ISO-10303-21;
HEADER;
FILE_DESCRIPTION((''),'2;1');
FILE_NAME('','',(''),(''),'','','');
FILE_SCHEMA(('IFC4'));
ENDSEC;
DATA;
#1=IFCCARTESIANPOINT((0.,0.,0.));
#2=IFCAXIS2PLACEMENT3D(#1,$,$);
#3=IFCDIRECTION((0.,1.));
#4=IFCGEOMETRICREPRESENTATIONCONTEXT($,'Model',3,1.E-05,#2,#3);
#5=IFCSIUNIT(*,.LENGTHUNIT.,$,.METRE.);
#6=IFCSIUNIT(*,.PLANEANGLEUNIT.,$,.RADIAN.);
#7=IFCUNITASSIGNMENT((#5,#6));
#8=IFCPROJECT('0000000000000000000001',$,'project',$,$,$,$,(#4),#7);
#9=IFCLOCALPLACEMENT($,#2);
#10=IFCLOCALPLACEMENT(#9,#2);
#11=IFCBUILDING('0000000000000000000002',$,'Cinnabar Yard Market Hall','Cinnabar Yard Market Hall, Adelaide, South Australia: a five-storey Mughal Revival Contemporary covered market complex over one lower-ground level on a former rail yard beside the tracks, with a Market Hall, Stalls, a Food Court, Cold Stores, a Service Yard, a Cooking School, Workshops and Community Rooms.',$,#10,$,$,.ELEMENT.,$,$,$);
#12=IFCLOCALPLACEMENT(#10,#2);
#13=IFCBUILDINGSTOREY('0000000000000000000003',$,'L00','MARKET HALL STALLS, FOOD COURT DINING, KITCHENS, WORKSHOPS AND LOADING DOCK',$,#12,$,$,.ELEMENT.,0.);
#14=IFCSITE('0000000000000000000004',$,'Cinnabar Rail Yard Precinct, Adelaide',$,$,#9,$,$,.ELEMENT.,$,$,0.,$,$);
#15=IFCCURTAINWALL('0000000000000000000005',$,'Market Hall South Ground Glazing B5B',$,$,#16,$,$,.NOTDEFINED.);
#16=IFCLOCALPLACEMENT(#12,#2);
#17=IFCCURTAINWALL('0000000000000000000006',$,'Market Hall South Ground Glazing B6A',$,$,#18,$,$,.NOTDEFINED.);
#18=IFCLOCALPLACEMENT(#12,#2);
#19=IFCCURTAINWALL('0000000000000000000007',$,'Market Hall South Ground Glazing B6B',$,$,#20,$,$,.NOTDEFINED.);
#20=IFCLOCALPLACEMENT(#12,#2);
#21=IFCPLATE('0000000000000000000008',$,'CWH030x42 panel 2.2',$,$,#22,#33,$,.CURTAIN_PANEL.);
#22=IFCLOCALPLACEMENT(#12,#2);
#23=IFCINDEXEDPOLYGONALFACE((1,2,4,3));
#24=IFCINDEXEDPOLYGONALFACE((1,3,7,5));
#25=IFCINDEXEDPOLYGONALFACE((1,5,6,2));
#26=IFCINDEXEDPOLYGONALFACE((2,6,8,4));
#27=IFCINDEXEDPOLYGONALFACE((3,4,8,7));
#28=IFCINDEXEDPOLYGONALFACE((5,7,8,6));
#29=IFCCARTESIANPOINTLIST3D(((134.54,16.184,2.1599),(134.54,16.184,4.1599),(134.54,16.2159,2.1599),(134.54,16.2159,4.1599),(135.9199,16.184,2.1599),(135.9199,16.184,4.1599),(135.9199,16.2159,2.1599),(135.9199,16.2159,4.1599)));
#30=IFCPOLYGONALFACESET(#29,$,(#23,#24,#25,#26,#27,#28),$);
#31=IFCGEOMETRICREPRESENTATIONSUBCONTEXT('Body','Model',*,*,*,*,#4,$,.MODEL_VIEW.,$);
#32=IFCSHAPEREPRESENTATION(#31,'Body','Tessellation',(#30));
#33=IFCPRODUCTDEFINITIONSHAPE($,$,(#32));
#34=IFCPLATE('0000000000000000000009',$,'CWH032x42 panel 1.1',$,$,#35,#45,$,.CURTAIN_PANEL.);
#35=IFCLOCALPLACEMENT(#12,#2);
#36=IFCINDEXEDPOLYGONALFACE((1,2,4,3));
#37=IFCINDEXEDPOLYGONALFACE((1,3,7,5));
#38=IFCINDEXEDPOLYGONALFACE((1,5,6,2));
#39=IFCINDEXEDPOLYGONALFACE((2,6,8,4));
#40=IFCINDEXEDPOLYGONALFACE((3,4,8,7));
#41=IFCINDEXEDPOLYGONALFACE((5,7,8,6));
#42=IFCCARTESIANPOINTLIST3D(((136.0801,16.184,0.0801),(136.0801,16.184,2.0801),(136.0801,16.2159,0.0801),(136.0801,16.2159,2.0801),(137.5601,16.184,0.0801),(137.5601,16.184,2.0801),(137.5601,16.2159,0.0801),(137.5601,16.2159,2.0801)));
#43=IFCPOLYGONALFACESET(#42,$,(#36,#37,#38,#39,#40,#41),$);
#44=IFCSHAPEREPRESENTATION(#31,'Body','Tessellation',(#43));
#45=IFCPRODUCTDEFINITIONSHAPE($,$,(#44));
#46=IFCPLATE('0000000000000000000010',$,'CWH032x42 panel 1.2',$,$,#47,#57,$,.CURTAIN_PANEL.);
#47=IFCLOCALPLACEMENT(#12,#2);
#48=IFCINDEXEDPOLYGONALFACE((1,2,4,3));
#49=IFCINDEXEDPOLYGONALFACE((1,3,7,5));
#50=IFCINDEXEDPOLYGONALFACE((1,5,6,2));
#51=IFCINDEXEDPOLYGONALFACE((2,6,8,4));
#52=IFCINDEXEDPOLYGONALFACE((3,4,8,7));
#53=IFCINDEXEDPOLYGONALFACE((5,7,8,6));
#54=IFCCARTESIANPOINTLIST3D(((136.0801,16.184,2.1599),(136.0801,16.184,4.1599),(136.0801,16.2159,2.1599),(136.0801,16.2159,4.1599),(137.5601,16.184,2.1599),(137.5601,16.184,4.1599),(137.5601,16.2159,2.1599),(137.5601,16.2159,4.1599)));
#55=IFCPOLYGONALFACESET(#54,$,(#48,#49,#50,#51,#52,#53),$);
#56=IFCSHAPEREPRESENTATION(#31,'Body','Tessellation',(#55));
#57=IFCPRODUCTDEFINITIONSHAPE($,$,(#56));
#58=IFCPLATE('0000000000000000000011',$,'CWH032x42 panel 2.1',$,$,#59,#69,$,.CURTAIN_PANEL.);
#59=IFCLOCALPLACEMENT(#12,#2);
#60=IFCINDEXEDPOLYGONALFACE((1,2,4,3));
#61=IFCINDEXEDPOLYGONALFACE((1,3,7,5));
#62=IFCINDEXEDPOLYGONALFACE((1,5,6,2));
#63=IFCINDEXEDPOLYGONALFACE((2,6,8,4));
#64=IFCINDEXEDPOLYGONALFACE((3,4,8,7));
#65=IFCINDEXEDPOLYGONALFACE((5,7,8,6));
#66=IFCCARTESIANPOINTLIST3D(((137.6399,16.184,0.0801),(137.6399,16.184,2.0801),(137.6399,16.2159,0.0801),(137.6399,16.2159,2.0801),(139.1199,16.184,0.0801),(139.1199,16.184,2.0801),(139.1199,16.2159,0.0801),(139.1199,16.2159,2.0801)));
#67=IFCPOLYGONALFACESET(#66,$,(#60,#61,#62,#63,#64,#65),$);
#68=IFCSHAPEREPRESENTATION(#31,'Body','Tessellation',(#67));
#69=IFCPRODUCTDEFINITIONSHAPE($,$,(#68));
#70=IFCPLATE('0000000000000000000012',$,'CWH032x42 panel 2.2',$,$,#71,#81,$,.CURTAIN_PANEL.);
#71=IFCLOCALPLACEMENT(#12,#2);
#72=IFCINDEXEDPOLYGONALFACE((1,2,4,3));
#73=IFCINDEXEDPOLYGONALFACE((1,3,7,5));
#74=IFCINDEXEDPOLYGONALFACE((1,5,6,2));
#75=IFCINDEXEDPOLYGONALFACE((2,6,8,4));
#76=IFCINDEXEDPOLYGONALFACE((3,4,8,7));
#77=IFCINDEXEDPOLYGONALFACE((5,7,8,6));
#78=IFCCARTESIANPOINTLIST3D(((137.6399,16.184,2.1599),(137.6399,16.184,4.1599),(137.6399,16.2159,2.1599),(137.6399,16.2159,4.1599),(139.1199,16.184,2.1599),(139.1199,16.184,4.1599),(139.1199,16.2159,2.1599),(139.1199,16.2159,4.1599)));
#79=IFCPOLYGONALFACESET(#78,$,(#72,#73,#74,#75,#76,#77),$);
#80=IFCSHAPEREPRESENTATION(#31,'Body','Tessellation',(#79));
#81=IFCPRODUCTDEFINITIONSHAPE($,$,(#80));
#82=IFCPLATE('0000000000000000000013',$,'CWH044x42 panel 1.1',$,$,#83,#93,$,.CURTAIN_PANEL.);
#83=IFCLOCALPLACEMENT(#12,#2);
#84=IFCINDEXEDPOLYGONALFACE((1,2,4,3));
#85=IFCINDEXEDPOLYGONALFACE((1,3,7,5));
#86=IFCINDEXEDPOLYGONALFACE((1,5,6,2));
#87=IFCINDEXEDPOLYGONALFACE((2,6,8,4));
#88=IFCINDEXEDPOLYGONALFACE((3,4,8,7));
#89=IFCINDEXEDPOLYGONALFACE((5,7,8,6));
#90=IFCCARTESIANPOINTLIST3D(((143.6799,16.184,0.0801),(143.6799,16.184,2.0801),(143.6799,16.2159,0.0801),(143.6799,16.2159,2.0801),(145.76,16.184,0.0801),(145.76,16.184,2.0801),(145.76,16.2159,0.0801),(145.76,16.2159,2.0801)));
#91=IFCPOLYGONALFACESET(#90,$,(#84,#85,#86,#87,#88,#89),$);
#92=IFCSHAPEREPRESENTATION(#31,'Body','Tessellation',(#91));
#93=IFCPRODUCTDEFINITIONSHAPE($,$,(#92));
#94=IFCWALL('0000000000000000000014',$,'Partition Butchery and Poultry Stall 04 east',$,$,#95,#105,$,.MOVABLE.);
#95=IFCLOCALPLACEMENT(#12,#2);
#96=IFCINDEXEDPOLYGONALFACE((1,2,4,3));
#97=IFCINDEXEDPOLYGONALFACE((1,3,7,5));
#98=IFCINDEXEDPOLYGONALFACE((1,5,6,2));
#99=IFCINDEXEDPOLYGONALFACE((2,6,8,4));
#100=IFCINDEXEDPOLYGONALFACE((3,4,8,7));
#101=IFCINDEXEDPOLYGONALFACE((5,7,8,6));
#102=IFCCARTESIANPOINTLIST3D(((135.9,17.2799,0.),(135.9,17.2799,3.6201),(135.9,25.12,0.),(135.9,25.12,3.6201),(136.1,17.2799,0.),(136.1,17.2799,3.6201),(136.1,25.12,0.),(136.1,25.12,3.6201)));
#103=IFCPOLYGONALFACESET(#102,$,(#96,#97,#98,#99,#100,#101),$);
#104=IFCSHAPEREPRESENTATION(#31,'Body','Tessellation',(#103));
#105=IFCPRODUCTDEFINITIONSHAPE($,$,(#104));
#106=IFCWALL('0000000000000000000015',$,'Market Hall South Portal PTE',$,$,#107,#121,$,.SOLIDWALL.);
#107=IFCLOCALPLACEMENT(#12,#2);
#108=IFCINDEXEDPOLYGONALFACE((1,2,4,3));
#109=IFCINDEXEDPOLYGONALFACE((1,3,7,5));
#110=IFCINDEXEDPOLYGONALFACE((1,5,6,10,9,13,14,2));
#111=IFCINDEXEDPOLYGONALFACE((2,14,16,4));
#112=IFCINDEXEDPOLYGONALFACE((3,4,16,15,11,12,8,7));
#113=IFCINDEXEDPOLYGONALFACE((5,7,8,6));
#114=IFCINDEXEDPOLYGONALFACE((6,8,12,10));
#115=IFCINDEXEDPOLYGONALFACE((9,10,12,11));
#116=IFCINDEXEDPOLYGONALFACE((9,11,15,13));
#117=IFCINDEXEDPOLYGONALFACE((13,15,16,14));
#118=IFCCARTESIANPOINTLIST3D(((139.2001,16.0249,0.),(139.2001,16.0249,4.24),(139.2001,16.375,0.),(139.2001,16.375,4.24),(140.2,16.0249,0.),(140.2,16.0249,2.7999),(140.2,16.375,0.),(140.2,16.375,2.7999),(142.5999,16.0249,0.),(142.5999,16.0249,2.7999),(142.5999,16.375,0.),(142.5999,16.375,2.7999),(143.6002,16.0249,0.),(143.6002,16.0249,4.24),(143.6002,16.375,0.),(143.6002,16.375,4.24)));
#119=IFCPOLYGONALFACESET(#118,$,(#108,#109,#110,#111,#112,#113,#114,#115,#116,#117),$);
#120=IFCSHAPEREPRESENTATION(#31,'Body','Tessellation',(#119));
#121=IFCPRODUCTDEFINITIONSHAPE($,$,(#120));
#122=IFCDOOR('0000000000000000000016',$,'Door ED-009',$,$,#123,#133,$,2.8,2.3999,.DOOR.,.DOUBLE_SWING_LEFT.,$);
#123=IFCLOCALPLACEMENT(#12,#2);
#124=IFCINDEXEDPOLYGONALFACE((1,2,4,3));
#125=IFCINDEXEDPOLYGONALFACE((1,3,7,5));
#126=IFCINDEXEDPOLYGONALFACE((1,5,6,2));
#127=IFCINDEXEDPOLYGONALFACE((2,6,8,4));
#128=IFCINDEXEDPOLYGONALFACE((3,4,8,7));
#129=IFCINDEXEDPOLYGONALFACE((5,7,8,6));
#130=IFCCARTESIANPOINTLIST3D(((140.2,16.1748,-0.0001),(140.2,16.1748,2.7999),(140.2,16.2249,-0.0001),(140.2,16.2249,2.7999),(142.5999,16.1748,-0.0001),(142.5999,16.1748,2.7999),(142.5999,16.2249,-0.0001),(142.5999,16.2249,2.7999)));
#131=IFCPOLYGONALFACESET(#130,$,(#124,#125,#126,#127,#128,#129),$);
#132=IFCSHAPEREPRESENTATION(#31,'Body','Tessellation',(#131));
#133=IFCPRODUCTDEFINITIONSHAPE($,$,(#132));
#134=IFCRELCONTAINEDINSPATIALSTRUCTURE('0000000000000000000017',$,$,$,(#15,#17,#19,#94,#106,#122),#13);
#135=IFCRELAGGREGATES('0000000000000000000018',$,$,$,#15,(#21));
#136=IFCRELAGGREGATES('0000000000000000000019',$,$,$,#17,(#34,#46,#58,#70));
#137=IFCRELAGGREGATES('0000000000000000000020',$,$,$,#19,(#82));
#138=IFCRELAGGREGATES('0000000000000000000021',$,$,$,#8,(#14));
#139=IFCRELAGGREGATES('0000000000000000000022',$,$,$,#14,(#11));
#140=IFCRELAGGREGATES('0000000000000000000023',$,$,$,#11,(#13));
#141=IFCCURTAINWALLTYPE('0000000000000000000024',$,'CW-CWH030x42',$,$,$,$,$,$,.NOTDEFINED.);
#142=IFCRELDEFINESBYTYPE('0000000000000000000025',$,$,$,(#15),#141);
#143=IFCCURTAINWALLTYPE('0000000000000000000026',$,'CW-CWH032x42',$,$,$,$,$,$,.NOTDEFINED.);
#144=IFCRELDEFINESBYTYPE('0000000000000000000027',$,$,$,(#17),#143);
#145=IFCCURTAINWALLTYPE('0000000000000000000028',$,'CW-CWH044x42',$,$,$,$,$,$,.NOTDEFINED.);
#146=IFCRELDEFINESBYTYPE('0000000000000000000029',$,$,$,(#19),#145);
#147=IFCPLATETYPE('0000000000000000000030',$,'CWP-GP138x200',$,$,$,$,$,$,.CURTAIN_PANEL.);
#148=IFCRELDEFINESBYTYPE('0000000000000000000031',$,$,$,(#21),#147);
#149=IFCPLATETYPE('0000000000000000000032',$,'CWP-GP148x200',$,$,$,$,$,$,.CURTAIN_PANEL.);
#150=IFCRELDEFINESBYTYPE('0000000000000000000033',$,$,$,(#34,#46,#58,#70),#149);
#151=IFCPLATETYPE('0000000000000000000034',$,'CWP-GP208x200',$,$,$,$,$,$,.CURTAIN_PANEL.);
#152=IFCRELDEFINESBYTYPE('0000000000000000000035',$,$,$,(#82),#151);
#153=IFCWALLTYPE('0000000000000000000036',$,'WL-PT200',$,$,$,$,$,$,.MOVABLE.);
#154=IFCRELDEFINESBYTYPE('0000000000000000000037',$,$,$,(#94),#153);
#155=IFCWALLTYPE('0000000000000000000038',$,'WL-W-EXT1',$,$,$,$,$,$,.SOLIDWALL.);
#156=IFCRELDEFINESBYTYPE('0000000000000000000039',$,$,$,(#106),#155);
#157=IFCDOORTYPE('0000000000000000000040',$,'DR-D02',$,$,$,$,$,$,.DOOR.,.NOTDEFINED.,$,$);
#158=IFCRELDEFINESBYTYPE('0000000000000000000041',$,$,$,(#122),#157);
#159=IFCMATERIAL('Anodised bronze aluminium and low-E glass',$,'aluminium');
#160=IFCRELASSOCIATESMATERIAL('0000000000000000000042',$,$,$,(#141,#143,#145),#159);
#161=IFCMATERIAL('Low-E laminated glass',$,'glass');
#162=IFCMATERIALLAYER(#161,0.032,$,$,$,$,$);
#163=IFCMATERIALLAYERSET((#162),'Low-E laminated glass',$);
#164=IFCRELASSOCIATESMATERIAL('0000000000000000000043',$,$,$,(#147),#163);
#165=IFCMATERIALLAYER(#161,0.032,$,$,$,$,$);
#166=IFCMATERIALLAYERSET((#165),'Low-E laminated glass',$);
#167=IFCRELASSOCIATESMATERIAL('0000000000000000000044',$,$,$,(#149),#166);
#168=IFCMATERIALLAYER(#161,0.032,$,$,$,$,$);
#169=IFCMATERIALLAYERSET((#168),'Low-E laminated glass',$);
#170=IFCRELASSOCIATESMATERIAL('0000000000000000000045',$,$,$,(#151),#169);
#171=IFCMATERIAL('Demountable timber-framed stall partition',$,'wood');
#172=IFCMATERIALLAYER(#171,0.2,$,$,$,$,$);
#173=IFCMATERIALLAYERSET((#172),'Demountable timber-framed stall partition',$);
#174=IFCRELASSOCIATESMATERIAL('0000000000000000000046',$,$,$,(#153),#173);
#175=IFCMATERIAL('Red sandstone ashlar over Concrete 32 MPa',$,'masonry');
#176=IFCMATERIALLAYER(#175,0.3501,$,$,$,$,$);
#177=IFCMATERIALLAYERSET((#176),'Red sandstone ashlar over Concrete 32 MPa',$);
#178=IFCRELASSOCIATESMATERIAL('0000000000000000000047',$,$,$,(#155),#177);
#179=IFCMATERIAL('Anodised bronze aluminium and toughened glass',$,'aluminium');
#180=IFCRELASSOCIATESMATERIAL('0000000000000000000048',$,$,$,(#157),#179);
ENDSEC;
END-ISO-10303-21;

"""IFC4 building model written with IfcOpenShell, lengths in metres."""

from ifc_helpers import new_model, si_unit, direction, frame, frame_2d, origin, origin_2d_with_axis, place, context, subcontext, project, spatial, rectangle, extrude, material, layer, layer_set, type_object, element, fill, aggregate, save


model = new_model("IFC4")

# Units and contexts
model_context = context("Model", 3, precision=1e-05, world=origin(), true_north=direction((0.0, 1.0)))
body_context = subcontext(model_context, "Body", "Model", "MODEL_VIEW")
ifc_project = project(units=[si_unit("LENGTHUNIT", "METRE"), si_unit("PLANEANGLEUNIT", "RADIAN")], contexts=[model_context])

# Site, building, storey
site_placement = place(None, origin())
site = spatial("IfcSite", under=ifc_project, at=site_placement, Name="Cinnabar Rail Yard Precinct, Adelaide", CompositionType="ELEMENT", RefElevation=0.0)
building_placement = place(site_placement, origin())
building = spatial("IfcBuilding", under=site, at=building_placement, Name="Cinnabar Yard Market Hall", Description="Cinnabar Yard Market Hall, Adelaide, South Australia: a five-storey Mughal Revival Contemporary covered market complex over one lower-ground level on a former rail yard beside the tracks, with a Market Hall, Stalls, a Food Court, Cold Stores, a Service Yard, a Cooking School, Workshops and Community Rooms.", CompositionType="ELEMENT")
storey_placement = place(building_placement, origin())
storey = spatial("IfcBuildingStorey", under=building, at=storey_placement, Name="L00", Description="MARKET HALL STALLS, FOOD COURT DINING, KITCHENS, WORKSHOPS AND LOADING DOCK", CompositionType="ELEMENT", Elevation=0.0)

# Curtain walls
ifc_material_1 = material(Name="Anodised bronze aluminium and low-E glass", Category="aluminium")
curtain_wall_type_1 = type_object("IfcCurtainWallType", Name="CW-CWH030x42", PredefinedType="NOTDEFINED", material=ifc_material_1)
curtain_wall_1_placement = place(storey_placement, origin())
curtain_wall_1 = element("IfcCurtainWall", 1, at=curtain_wall_1_placement, inside=storey, type_object=curtain_wall_type_1, Name="Market Hall South Ground Glazing B5B", PredefinedType="NOTDEFINED")
curtain_wall_type_2 = type_object("IfcCurtainWallType", Name="CW-CWH032x42", PredefinedType="NOTDEFINED", material=ifc_material_1)
curtain_wall_2_placement = place(storey_placement, origin())
curtain_wall_2 = element("IfcCurtainWall", 2, at=curtain_wall_2_placement, inside=storey, type_object=curtain_wall_type_2, Name="Market Hall South Ground Glazing B6A", PredefinedType="NOTDEFINED")

# Curtain wall
curtain_wall_type_3 = type_object("IfcCurtainWallType", Name="CW-CWH044x42", PredefinedType="NOTDEFINED", material=ifc_material_1)
curtain_wall_3_placement = place(storey_placement, origin())
curtain_wall_3 = element("IfcCurtainWall", 3, at=curtain_wall_3_placement, inside=storey, type_object=curtain_wall_type_3, Name="Market Hall South Ground Glazing B6B", PredefinedType="NOTDEFINED")

# Plates
ifc_material_2 = material(Name="Low-E laminated glass", Category="glass")
ifc_layer_1 = layer(ifc_material_2, 0.032)
ifc_layer_set_1 = layer_set([ifc_layer_1], Name="Low-E laminated glass")
plate_type_1 = type_object("IfcPlateType", Name="CWP-GP138x200", PredefinedType="CURTAIN_PANEL", material=ifc_layer_set_1)
plate_1_placement = place(storey_placement, frame((135.23, 16.2, 2.1599), z_axis=(0.0, 0.0, 1.0), x_axis=(1.0, 0.0, 0.0)))
plate_1 = element("IfcPlate", 4, at=plate_1_placement, type_object=plate_type_1, Name="CWH030x42 panel 2.2", PredefinedType="CURTAIN_PANEL", context=body_context, shape_type="SweptSolid", body=[
    extrude(rectangle(XDim=1.3799, YDim=0.032, at=origin_2d_with_axis()), origin(), (0.0, 0.0, 1.0), 2.0),
])
aggregate(curtain_wall_1, [plate_1])
ifc_layer_2 = layer(ifc_material_2, 0.032)
ifc_layer_set_2 = layer_set([ifc_layer_2], Name="Low-E laminated glass")
plate_type_2 = type_object("IfcPlateType", Name="CWP-GP148x200", PredefinedType="CURTAIN_PANEL", material=ifc_layer_set_2)
plate_2_placement = place(storey_placement, frame((136.8201, 16.2, 0.0801), z_axis=(0.0, 0.0, 1.0), x_axis=(1.0, 0.0, 0.0)))
plate_2 = element("IfcPlate", 5, at=plate_2_placement, type_object=plate_type_2, Name="CWH032x42 panel 1.1", PredefinedType="CURTAIN_PANEL", context=body_context, shape_type="SweptSolid", body=[
    extrude(rectangle(XDim=1.48, YDim=0.032, at=origin_2d_with_axis()), origin(), (0.0, 0.0, 1.0), 2.0),
])
plate_3_placement = place(storey_placement, frame((136.8201, 16.2, 2.1599), z_axis=(0.0, 0.0, 1.0), x_axis=(1.0, 0.0, 0.0)))
plate_3 = element("IfcPlate", 6, at=plate_3_placement, type_object=plate_type_2, Name="CWH032x42 panel 1.2", PredefinedType="CURTAIN_PANEL", context=body_context, shape_type="SweptSolid", body=[
    extrude(rectangle(XDim=1.48, YDim=0.032, at=origin_2d_with_axis()), origin(), (0.0, 0.0, 1.0), 2.0),
])
plate_4_placement = place(storey_placement, frame((138.3799, 16.2, 0.0801), z_axis=(0.0, 0.0, 1.0), x_axis=(1.0, 0.0, 0.0)))
plate_4 = element("IfcPlate", 7, at=plate_4_placement, type_object=plate_type_2, Name="CWH032x42 panel 2.1", PredefinedType="CURTAIN_PANEL", context=body_context, shape_type="SweptSolid", body=[
    extrude(rectangle(XDim=1.48, YDim=0.032, at=origin_2d_with_axis()), origin(), (0.0, 0.0, 1.0), 2.0),
])
plate_5_placement = place(storey_placement, frame((138.3799, 16.2, 2.1599), z_axis=(0.0, 0.0, 1.0), x_axis=(1.0, 0.0, 0.0)))
plate_5 = element("IfcPlate", 8, at=plate_5_placement, type_object=plate_type_2, Name="CWH032x42 panel 2.2", PredefinedType="CURTAIN_PANEL", context=body_context, shape_type="SweptSolid", body=[
    extrude(rectangle(XDim=1.48, YDim=0.032, at=origin_2d_with_axis()), origin(), (0.0, 0.0, 1.0), 2.0),
])
aggregate(curtain_wall_2, [plate_2, plate_3, plate_4, plate_5])
ifc_layer_3 = layer(ifc_material_2, 0.032)
ifc_layer_set_3 = layer_set([ifc_layer_3], Name="Low-E laminated glass")
plate_type_3 = type_object("IfcPlateType", Name="CWP-GP208x200", PredefinedType="CURTAIN_PANEL", material=ifc_layer_set_3)
plate_6_placement = place(storey_placement, frame((144.72, 16.2, 0.0801), z_axis=(0.0, 0.0, 1.0), x_axis=(1.0, 0.0, 0.0)))
plate_6 = element("IfcPlate", 9, at=plate_6_placement, type_object=plate_type_3, Name="CWH044x42 panel 1.1", PredefinedType="CURTAIN_PANEL", context=body_context, shape_type="SweptSolid", body=[
    extrude(rectangle(XDim=2.0801, YDim=0.032, at=origin_2d_with_axis()), origin(), (0.0, 0.0, 1.0), 2.0),
])
aggregate(curtain_wall_3, [plate_6])

# Wall
ifc_material_3 = material(Name="Demountable timber-framed stall partition", Category="wood")
ifc_layer_4 = layer(ifc_material_3, 0.2)
ifc_layer_set_4 = layer_set([ifc_layer_4], Name="Demountable timber-framed stall partition")
wall_type_1 = type_object("IfcWallType", Name="WL-PT200", PredefinedType="MOVABLE", material=ifc_layer_set_4)
wall_1_placement = place(storey_placement, frame((136.0, 17.28, 0.0), z_axis=(0.0, 0.0, 1.0), x_axis=(0.0, 1.0, 0.0)))
element("IfcWall", 10, at=wall_1_placement, inside=storey, type_object=wall_type_1, Name="Partition Butchery and Poultry Stall 04 east", PredefinedType="MOVABLE", context=body_context, shape_type="SweptSolid", body=[
    extrude(rectangle(XDim=7.8401, YDim=0.2, at=frame_2d((3.9199, 0.0), x_axis=(1.0, 0.0))), origin(), (0.0, 0.0, 1.0), 3.6201),
])

# Wall, opening, door
ifc_material_4 = material(Name="Red sandstone ashlar over Concrete 32 MPa", Category="masonry")
ifc_layer_5 = layer(ifc_material_4, 0.3501)
ifc_layer_set_5 = layer_set([ifc_layer_5], Name="Red sandstone ashlar over Concrete 32 MPa")
wall_type_2 = type_object("IfcWallType", Name="WL-W-EXT1", PredefinedType="SOLIDWALL", material=ifc_layer_set_5)
wall_2_placement = place(storey_placement, frame((139.2, 16.2, 0.0), z_axis=(0.0, 0.0, 1.0), x_axis=(1.0, 0.0, 0.0)))
wall_2 = element("IfcWall", 11, at=wall_2_placement, inside=storey, type_object=wall_type_2, Name="Market Hall South Portal PTE", PredefinedType="SOLIDWALL", context=body_context, shape_type="SweptSolid", body=[
    extrude(rectangle(XDim=4.4001, YDim=0.3501, at=frame_2d((2.2002, 0.0), x_axis=(1.0, 0.0))), origin(), (0.0, 0.0, 1.0), 4.24),
])
opening_placement = place(wall_2_placement, frame((1.0, 0.0, 0.0)))
opening = element("IfcOpeningElement", 12, at=opening_placement, cuts=wall_2, PredefinedType="OPENING", context=body_context, shape_type="SweptSolid", body=[
    extrude(rectangle(XDim=2.3999, YDim=2.8, at=frame_2d((1.2, 1.3999), x_axis=(1.0, 0.0))), frame((0.0, 0.1851, 0.0), z_axis=(0.0, -1.0, 0.0), x_axis=(1.0, 0.0, 0.0)), (0.0, 0.0, 1.0), 0.3701),
])
ifc_material_5 = material(Name="Anodised bronze aluminium and toughened glass", Category="aluminium")
door_type = type_object("IfcDoorType", Name="DR-D02", OperationType="NOTDEFINED", PredefinedType="DOOR", material=ifc_material_5)
door_placement = place(opening_placement, origin())
door = element("IfcDoor", 13, at=door_placement, inside=storey, type_object=door_type, Name="Door ED-009", OperationType="DOUBLE_SWING_LEFT", OverallHeight=2.8, OverallWidth=2.3999, PredefinedType="DOOR", context=body_context, shape_type="SweptSolid", body=[
    extrude(rectangle(XDim=2.3999, YDim=2.8, at=frame_2d((1.2, 1.3999), x_axis=(1.0, 0.0))), frame((0.0, 0.0249, 0.0), z_axis=(0.0, -1.0, 0.0), x_axis=(1.0, 0.0, 0.0)), (0.0, 0.0, 1.0), 0.05),
])
fill(opening, door)

save(model, "model.ifc")
